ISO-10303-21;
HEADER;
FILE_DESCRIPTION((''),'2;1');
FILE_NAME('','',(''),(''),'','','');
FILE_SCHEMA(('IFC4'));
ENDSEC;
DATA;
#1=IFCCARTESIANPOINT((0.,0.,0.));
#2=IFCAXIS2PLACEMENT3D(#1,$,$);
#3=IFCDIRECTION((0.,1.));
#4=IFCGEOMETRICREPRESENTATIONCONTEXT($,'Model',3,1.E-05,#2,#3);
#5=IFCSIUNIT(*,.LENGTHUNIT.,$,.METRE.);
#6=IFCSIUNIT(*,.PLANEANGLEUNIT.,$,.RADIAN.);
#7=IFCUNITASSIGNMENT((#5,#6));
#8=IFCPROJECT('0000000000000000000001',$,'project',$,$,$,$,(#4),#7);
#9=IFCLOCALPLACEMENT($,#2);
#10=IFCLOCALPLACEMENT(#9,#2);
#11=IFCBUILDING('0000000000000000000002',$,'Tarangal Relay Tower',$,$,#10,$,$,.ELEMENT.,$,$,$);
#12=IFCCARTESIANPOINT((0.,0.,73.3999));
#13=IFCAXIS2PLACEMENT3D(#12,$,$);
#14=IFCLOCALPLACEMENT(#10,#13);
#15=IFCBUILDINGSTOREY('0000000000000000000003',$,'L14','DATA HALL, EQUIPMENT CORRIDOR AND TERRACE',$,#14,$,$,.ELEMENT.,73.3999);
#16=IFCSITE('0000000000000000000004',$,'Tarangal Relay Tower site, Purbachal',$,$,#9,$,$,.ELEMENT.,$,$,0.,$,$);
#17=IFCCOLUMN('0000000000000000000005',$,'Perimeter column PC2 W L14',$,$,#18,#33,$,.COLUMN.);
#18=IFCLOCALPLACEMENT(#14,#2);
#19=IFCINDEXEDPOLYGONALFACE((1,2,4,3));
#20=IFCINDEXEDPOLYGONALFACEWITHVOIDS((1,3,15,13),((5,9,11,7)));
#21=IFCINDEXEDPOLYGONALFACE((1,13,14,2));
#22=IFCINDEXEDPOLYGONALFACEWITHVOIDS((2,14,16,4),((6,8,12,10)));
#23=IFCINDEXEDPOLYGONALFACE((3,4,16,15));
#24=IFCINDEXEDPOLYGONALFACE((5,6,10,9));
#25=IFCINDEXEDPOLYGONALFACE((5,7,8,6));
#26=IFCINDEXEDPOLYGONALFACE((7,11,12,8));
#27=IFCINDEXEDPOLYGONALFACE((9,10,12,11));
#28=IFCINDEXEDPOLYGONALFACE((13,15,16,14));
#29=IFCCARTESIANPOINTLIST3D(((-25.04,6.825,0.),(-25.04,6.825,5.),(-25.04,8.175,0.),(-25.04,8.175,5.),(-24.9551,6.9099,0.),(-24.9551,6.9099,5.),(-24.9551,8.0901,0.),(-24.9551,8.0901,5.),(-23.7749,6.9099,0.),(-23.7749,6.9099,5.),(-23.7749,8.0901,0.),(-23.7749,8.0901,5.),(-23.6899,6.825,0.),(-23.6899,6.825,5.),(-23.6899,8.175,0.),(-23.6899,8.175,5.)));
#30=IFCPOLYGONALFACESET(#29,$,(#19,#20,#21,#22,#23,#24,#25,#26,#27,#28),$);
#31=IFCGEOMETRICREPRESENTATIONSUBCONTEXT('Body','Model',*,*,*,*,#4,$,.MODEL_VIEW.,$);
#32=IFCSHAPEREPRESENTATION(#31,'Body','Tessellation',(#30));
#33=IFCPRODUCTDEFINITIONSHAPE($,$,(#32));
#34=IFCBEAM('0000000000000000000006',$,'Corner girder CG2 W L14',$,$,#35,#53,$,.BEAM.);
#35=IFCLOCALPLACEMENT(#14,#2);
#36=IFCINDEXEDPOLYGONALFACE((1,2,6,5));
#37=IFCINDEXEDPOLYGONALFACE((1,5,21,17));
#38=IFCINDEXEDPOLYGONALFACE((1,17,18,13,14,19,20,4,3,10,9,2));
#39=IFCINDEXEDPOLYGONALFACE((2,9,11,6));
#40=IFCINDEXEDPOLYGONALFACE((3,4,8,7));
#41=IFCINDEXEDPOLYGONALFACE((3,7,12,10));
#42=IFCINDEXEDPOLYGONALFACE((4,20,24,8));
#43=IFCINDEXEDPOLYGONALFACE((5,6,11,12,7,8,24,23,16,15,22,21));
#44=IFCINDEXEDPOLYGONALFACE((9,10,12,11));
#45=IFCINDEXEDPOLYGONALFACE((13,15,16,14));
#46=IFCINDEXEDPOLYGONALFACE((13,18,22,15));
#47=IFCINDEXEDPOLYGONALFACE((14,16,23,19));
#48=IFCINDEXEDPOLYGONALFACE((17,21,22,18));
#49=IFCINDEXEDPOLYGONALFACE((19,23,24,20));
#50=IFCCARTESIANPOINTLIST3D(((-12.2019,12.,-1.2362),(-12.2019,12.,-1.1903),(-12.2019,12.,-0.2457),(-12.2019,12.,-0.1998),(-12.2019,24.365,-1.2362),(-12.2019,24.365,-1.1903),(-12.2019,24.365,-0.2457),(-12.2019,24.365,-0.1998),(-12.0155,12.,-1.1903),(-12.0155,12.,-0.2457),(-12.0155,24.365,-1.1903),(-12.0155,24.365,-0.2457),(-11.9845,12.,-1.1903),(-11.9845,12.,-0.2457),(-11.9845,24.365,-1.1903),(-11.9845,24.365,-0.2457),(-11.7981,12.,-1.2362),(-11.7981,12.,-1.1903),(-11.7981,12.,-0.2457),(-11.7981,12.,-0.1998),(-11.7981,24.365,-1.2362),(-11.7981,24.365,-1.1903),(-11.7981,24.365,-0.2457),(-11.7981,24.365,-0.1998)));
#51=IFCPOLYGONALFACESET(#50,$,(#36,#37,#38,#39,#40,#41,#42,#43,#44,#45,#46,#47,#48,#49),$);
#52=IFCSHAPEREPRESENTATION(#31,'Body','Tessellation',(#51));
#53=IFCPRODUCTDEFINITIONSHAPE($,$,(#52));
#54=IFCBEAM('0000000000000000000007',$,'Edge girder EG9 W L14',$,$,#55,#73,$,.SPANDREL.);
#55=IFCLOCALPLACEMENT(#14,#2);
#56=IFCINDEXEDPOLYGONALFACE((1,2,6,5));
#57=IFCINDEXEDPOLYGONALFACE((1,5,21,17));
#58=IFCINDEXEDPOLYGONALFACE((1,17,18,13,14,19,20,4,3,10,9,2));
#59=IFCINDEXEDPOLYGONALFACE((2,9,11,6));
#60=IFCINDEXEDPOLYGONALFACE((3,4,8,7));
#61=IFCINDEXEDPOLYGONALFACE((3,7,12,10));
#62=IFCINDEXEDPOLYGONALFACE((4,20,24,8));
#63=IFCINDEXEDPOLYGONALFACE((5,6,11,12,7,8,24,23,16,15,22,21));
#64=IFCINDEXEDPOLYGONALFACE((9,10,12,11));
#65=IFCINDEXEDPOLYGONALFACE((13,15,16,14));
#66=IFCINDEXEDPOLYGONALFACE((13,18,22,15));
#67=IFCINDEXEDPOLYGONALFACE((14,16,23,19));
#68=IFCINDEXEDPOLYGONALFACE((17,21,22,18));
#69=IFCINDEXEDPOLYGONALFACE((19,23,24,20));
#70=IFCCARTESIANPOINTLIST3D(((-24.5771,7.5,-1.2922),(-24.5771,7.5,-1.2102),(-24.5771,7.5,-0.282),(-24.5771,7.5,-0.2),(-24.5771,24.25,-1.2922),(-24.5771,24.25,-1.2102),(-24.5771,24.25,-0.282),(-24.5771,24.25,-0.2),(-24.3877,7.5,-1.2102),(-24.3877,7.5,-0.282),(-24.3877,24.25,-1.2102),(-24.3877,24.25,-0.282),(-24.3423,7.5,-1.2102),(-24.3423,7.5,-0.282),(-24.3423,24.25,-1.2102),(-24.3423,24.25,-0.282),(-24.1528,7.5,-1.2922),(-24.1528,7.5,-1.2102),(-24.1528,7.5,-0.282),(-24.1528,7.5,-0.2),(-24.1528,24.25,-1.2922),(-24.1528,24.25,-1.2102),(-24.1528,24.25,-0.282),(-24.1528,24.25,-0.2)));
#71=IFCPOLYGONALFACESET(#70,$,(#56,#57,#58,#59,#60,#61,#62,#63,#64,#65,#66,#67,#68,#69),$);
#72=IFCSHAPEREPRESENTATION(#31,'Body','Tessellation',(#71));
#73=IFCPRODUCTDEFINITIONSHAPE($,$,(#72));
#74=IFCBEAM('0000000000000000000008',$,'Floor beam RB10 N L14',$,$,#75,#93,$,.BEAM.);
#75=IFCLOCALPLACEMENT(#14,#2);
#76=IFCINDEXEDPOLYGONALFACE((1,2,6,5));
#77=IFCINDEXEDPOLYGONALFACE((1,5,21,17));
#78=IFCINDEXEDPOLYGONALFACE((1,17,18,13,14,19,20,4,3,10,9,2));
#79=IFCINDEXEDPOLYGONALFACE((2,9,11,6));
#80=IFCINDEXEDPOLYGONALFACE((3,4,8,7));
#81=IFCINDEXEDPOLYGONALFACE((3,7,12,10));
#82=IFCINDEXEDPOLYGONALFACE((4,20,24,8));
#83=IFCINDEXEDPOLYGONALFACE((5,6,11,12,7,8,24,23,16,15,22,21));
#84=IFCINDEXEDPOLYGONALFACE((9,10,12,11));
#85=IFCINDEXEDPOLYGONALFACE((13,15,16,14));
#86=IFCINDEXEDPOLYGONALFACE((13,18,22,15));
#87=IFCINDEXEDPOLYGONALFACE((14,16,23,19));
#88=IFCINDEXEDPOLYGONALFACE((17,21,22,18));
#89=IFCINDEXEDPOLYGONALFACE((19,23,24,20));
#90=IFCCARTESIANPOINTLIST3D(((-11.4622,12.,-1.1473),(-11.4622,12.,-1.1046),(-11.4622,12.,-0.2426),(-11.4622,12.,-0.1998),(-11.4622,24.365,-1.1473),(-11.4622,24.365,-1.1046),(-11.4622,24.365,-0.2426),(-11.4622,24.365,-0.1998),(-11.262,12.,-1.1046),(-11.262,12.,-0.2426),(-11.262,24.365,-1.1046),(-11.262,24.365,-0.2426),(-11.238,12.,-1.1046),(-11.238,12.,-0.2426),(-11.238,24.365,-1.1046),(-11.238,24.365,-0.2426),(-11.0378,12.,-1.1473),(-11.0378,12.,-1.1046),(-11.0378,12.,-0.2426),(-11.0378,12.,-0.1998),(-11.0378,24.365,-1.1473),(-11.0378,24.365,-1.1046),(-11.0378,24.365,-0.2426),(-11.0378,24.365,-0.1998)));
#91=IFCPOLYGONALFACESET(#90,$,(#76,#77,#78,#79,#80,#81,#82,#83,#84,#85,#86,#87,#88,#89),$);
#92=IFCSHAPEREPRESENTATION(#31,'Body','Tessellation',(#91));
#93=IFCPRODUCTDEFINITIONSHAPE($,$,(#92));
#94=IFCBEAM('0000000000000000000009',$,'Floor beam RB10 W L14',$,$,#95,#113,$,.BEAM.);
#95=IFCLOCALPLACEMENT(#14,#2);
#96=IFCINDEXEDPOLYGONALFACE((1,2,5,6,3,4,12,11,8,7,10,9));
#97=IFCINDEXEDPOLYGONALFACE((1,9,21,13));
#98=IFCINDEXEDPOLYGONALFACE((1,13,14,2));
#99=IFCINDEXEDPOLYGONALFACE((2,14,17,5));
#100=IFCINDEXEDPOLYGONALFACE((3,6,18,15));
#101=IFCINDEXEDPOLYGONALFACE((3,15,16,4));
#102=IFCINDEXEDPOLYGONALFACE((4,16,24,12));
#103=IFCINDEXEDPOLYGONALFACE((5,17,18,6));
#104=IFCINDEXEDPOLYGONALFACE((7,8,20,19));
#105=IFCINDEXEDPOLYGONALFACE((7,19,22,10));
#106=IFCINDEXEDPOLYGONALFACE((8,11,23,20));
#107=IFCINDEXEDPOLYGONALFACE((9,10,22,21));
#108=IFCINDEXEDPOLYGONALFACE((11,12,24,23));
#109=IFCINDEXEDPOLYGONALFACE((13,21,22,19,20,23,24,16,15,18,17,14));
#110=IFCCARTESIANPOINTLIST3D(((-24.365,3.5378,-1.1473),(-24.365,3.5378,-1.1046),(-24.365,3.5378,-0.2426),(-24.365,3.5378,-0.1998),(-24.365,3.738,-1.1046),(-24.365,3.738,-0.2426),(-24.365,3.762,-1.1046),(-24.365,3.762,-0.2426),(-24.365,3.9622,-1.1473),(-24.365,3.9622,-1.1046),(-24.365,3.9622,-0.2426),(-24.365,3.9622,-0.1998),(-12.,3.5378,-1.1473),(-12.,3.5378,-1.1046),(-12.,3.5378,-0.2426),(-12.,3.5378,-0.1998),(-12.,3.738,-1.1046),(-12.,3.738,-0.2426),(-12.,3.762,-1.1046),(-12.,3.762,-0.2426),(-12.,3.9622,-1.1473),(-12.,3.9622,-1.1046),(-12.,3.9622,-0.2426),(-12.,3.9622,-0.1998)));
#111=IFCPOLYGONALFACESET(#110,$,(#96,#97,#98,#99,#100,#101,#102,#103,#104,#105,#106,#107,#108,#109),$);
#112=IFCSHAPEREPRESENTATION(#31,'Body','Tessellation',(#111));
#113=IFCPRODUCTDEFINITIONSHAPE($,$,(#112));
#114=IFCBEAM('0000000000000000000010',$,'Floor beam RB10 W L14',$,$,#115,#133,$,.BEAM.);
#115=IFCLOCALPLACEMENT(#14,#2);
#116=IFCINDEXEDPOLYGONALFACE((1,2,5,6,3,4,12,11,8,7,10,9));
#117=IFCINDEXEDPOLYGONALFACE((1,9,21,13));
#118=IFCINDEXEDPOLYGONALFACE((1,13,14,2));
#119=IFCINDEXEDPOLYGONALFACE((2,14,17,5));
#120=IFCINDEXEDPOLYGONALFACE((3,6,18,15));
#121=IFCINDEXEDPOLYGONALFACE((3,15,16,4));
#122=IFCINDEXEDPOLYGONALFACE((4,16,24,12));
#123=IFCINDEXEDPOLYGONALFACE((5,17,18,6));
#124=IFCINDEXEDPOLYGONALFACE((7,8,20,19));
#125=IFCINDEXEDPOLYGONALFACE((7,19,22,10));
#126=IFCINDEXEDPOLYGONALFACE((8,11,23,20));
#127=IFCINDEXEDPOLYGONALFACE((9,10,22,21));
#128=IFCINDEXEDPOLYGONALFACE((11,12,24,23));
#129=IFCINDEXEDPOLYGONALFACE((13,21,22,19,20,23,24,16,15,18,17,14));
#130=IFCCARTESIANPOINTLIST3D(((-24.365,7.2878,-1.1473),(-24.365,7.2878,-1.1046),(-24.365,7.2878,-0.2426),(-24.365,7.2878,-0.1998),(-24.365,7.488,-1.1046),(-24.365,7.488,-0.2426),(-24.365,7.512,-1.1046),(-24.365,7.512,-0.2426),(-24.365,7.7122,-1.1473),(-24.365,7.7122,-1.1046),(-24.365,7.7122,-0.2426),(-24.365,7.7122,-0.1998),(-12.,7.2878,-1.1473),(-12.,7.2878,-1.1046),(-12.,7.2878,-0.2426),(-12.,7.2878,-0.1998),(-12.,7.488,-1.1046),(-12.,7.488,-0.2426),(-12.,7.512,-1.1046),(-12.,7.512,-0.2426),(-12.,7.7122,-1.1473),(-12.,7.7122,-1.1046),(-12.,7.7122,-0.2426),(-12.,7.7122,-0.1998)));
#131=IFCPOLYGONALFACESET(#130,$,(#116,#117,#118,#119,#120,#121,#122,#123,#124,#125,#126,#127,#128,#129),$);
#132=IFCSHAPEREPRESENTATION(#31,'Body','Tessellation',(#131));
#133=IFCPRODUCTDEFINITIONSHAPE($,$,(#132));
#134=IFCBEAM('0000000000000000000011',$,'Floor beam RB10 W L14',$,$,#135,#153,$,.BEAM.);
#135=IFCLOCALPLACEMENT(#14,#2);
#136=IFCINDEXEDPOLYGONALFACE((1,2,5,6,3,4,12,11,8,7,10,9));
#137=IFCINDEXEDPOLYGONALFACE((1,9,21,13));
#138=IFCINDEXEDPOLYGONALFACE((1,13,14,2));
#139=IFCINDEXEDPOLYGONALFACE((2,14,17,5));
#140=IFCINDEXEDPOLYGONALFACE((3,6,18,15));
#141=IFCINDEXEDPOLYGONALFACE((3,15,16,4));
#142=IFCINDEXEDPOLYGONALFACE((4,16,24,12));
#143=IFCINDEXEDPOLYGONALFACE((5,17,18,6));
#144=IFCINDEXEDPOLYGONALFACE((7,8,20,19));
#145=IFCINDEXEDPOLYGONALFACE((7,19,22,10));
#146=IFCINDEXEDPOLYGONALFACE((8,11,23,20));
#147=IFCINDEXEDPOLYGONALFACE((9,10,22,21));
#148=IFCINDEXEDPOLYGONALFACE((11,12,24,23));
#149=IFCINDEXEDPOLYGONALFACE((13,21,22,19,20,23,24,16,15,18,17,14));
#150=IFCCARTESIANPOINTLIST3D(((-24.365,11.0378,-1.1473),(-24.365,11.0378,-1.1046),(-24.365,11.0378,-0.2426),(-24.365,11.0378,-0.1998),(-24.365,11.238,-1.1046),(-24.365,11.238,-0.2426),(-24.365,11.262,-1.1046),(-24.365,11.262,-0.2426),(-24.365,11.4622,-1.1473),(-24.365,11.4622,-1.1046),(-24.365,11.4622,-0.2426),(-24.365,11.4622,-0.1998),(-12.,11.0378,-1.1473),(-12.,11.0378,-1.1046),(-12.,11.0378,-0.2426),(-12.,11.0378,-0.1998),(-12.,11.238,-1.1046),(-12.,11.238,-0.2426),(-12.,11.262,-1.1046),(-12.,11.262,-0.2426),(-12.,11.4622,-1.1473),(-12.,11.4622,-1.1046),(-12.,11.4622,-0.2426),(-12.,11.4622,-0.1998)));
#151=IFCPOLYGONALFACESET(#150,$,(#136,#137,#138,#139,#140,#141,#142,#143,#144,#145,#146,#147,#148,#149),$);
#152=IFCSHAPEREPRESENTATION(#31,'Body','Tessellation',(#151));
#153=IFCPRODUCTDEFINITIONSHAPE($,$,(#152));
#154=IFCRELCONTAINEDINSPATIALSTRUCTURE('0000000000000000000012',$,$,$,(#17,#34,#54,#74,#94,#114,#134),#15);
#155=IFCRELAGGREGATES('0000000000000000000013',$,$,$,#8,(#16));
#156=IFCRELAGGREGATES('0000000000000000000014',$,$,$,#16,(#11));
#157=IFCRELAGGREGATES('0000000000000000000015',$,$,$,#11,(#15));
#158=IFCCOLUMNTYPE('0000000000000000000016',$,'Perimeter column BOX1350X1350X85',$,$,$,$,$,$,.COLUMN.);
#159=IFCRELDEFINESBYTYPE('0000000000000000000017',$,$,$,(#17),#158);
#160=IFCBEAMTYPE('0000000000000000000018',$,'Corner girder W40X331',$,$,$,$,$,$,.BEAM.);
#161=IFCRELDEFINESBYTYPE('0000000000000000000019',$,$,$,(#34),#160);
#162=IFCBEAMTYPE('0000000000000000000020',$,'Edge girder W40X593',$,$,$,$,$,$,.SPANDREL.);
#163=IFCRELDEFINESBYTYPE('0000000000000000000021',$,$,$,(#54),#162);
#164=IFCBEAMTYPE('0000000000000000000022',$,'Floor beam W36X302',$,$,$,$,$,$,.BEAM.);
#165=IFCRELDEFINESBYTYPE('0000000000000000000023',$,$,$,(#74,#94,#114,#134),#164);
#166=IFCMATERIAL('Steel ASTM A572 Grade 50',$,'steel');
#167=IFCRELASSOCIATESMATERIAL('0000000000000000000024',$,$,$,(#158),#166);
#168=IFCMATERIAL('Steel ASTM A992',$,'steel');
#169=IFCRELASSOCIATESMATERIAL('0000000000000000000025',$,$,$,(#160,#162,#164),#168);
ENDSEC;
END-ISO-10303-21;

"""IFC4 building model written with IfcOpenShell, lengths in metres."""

from ifc_helpers import new_model, si_unit, direction, frame, origin, origin_2d, place, context, subcontext, project, spatial, hollow_rectangle, i_section, extrude, material, material_profile, profile_set, type_object, element, save


model = new_model("IFC4")

# Units and contexts
model_context = context("Model", 3, precision=1e-05, world=origin(), true_north=direction((0.0, 1.0)))
body_context = subcontext(model_context, "Body", "Model", "MODEL_VIEW")
ifc_project = project(units=[si_unit("LENGTHUNIT", "METRE"), si_unit("PLANEANGLEUNIT", "RADIAN")], contexts=[model_context])

# Site, building, storey
site_placement = place(None, origin())
site = spatial("IfcSite", under=ifc_project, at=site_placement, Name="Tarangal Relay Tower site, Purbachal", CompositionType="ELEMENT", RefElevation=0.0)
building_placement = place(site_placement, origin())
building = spatial("IfcBuilding", under=site, at=building_placement, Name="Tarangal Relay Tower", CompositionType="ELEMENT")
storey_placement = place(building_placement, frame((0.0, 0.0, 73.3999)))
storey = spatial("IfcBuildingStorey", under=building, at=storey_placement, Name="L14", Description="DATA HALL, EQUIPMENT CORRIDOR AND TERRACE", CompositionType="ELEMENT", Elevation=73.3999)

# Column
ifc_material_1 = material(Name="Steel ASTM A572 Grade 50", Category="steel")
ifc_material_profile_1 = material_profile(ifc_material_1, hollow_rectangle(XDim=1.3501, YDim=1.3501, WallThickness=0.085, at=origin_2d()), Name="BOX1350X1350X85")
ifc_profile_set_1 = profile_set([ifc_material_profile_1], Name="Steel ASTM A572 Grade 50")
column_type = type_object("IfcColumnType", Name="Perimeter column BOX1350X1350X85", PredefinedType="COLUMN", material=ifc_profile_set_1)
column_placement = place(storey_placement, frame((-24.365, 7.5, 0.0), z_axis=(0.0, 0.0, 1.0), x_axis=(1.0, 0.0, 0.0)))
element("IfcColumn", 1, at=column_placement, inside=storey, type_object=column_type, Name="Perimeter column PC2 W L14", PredefinedType="COLUMN", context=body_context, shape_type="SweptSolid", body=[
    extrude(hollow_rectangle(XDim=1.3501, YDim=1.3501, WallThickness=0.085, at=origin_2d()), origin(), (0.0, 0.0, 1.0), 5.0),
])

# Beams
ifc_material_2 = material(Name="Steel ASTM A992", Category="steel")
ifc_material_profile_2 = material_profile(ifc_material_2, i_section(OverallWidth=0.4038, OverallDepth=1.0364, WebThickness=0.031, FlangeThickness=0.0459, at=origin_2d()), Name="W40X331")
ifc_profile_set_2 = profile_set([ifc_material_profile_2], Name="Steel ASTM A992")
beam_type_1 = type_object("IfcBeamType", Name="Corner girder W40X331", PredefinedType="BEAM", material=ifc_profile_set_2)
beam_1_placement = place(storey_placement, frame((-12.0, 12.0, -0.718), z_axis=(0.0, 1.0, 0.0), x_axis=(-1.0, 0.0, 0.0)))
element("IfcBeam", 2, at=beam_1_placement, inside=storey, type_object=beam_type_1, Name="Corner girder CG2 W L14", PredefinedType="BEAM", context=body_context, shape_type="SweptSolid", body=[
    extrude(i_section(OverallWidth=0.4038, OverallDepth=1.0364, WebThickness=0.031, FlangeThickness=0.0459, at=origin_2d()), origin(), (0.0, 0.0, 1.0), 12.365),
])
ifc_material_profile_3 = material_profile(ifc_material_2, i_section(OverallWidth=0.4243, OverallDepth=1.0923, WebThickness=0.0454, FlangeThickness=0.082, at=origin_2d()), Name="W40X593")
ifc_profile_set_3 = profile_set([ifc_material_profile_3], Name="Steel ASTM A992")
beam_type_2 = type_object("IfcBeamType", Name="Edge girder W40X593", PredefinedType="SPANDREL", material=ifc_profile_set_3)
beam_2_placement = place(storey_placement, frame((-24.365, 7.5, -0.7461), z_axis=(0.0, 1.0, 0.0), x_axis=(-1.0, 0.0, 0.0)))
element("IfcBeam", 3, at=beam_2_placement, inside=storey, type_object=beam_type_2, Name="Edge girder EG9 W L14", PredefinedType="SPANDREL", context=body_context, shape_type="SweptSolid", body=[
    extrude(i_section(OverallWidth=0.4243, OverallDepth=1.0923, WebThickness=0.0454, FlangeThickness=0.082, at=origin_2d()), origin(), (0.0, 0.0, 1.0), 16.75),
])
ifc_material_profile_4 = material_profile(ifc_material_2, i_section(OverallWidth=0.4243, OverallDepth=0.9475, WebThickness=0.0239, FlangeThickness=0.0427, at=origin_2d()), Name="W36X302")
ifc_profile_set_4 = profile_set([ifc_material_profile_4], Name="Steel ASTM A992")
beam_type_3 = type_object("IfcBeamType", Name="Floor beam W36X302", PredefinedType="BEAM", material=ifc_profile_set_4)
for number, where, z_axis, x_axis, name in (
    (4, (-11.25, 12.0, -0.6736), (0.0, 1.0, 0.0), (-1.0, 0.0, 0.0), "Floor beam RB10 N L14"),
    (5, (-12.0, 3.75, -0.6736), (-1.0, 0.0, 0.0), (0.0, -1.0, 0.0), "Floor beam RB10 W L14"),
    (6, (-12.0, 7.5, -0.6736), (-1.0, 0.0, 0.0), (0.0, -1.0, 0.0), "Floor beam RB10 W L14"),
    (7, (-12.0, 11.25, -0.6736), (-1.0, 0.0, 0.0), (0.0, -1.0, 0.0), "Floor beam RB10 W L14"),
):
    element("IfcBeam", number, at=place(storey_placement, frame(where, z_axis=z_axis, x_axis=x_axis)), inside=storey, type_object=beam_type_3, Name=name, PredefinedType="BEAM", context=body_context, shape_type="SweptSolid", body=[
        extrude(i_section(OverallWidth=0.4243, OverallDepth=0.9475, WebThickness=0.0239, FlangeThickness=0.0427, at=origin_2d()), origin(), (0.0, 0.0, 1.0), 12.365),
    ])

save(model, "model.ifc")
